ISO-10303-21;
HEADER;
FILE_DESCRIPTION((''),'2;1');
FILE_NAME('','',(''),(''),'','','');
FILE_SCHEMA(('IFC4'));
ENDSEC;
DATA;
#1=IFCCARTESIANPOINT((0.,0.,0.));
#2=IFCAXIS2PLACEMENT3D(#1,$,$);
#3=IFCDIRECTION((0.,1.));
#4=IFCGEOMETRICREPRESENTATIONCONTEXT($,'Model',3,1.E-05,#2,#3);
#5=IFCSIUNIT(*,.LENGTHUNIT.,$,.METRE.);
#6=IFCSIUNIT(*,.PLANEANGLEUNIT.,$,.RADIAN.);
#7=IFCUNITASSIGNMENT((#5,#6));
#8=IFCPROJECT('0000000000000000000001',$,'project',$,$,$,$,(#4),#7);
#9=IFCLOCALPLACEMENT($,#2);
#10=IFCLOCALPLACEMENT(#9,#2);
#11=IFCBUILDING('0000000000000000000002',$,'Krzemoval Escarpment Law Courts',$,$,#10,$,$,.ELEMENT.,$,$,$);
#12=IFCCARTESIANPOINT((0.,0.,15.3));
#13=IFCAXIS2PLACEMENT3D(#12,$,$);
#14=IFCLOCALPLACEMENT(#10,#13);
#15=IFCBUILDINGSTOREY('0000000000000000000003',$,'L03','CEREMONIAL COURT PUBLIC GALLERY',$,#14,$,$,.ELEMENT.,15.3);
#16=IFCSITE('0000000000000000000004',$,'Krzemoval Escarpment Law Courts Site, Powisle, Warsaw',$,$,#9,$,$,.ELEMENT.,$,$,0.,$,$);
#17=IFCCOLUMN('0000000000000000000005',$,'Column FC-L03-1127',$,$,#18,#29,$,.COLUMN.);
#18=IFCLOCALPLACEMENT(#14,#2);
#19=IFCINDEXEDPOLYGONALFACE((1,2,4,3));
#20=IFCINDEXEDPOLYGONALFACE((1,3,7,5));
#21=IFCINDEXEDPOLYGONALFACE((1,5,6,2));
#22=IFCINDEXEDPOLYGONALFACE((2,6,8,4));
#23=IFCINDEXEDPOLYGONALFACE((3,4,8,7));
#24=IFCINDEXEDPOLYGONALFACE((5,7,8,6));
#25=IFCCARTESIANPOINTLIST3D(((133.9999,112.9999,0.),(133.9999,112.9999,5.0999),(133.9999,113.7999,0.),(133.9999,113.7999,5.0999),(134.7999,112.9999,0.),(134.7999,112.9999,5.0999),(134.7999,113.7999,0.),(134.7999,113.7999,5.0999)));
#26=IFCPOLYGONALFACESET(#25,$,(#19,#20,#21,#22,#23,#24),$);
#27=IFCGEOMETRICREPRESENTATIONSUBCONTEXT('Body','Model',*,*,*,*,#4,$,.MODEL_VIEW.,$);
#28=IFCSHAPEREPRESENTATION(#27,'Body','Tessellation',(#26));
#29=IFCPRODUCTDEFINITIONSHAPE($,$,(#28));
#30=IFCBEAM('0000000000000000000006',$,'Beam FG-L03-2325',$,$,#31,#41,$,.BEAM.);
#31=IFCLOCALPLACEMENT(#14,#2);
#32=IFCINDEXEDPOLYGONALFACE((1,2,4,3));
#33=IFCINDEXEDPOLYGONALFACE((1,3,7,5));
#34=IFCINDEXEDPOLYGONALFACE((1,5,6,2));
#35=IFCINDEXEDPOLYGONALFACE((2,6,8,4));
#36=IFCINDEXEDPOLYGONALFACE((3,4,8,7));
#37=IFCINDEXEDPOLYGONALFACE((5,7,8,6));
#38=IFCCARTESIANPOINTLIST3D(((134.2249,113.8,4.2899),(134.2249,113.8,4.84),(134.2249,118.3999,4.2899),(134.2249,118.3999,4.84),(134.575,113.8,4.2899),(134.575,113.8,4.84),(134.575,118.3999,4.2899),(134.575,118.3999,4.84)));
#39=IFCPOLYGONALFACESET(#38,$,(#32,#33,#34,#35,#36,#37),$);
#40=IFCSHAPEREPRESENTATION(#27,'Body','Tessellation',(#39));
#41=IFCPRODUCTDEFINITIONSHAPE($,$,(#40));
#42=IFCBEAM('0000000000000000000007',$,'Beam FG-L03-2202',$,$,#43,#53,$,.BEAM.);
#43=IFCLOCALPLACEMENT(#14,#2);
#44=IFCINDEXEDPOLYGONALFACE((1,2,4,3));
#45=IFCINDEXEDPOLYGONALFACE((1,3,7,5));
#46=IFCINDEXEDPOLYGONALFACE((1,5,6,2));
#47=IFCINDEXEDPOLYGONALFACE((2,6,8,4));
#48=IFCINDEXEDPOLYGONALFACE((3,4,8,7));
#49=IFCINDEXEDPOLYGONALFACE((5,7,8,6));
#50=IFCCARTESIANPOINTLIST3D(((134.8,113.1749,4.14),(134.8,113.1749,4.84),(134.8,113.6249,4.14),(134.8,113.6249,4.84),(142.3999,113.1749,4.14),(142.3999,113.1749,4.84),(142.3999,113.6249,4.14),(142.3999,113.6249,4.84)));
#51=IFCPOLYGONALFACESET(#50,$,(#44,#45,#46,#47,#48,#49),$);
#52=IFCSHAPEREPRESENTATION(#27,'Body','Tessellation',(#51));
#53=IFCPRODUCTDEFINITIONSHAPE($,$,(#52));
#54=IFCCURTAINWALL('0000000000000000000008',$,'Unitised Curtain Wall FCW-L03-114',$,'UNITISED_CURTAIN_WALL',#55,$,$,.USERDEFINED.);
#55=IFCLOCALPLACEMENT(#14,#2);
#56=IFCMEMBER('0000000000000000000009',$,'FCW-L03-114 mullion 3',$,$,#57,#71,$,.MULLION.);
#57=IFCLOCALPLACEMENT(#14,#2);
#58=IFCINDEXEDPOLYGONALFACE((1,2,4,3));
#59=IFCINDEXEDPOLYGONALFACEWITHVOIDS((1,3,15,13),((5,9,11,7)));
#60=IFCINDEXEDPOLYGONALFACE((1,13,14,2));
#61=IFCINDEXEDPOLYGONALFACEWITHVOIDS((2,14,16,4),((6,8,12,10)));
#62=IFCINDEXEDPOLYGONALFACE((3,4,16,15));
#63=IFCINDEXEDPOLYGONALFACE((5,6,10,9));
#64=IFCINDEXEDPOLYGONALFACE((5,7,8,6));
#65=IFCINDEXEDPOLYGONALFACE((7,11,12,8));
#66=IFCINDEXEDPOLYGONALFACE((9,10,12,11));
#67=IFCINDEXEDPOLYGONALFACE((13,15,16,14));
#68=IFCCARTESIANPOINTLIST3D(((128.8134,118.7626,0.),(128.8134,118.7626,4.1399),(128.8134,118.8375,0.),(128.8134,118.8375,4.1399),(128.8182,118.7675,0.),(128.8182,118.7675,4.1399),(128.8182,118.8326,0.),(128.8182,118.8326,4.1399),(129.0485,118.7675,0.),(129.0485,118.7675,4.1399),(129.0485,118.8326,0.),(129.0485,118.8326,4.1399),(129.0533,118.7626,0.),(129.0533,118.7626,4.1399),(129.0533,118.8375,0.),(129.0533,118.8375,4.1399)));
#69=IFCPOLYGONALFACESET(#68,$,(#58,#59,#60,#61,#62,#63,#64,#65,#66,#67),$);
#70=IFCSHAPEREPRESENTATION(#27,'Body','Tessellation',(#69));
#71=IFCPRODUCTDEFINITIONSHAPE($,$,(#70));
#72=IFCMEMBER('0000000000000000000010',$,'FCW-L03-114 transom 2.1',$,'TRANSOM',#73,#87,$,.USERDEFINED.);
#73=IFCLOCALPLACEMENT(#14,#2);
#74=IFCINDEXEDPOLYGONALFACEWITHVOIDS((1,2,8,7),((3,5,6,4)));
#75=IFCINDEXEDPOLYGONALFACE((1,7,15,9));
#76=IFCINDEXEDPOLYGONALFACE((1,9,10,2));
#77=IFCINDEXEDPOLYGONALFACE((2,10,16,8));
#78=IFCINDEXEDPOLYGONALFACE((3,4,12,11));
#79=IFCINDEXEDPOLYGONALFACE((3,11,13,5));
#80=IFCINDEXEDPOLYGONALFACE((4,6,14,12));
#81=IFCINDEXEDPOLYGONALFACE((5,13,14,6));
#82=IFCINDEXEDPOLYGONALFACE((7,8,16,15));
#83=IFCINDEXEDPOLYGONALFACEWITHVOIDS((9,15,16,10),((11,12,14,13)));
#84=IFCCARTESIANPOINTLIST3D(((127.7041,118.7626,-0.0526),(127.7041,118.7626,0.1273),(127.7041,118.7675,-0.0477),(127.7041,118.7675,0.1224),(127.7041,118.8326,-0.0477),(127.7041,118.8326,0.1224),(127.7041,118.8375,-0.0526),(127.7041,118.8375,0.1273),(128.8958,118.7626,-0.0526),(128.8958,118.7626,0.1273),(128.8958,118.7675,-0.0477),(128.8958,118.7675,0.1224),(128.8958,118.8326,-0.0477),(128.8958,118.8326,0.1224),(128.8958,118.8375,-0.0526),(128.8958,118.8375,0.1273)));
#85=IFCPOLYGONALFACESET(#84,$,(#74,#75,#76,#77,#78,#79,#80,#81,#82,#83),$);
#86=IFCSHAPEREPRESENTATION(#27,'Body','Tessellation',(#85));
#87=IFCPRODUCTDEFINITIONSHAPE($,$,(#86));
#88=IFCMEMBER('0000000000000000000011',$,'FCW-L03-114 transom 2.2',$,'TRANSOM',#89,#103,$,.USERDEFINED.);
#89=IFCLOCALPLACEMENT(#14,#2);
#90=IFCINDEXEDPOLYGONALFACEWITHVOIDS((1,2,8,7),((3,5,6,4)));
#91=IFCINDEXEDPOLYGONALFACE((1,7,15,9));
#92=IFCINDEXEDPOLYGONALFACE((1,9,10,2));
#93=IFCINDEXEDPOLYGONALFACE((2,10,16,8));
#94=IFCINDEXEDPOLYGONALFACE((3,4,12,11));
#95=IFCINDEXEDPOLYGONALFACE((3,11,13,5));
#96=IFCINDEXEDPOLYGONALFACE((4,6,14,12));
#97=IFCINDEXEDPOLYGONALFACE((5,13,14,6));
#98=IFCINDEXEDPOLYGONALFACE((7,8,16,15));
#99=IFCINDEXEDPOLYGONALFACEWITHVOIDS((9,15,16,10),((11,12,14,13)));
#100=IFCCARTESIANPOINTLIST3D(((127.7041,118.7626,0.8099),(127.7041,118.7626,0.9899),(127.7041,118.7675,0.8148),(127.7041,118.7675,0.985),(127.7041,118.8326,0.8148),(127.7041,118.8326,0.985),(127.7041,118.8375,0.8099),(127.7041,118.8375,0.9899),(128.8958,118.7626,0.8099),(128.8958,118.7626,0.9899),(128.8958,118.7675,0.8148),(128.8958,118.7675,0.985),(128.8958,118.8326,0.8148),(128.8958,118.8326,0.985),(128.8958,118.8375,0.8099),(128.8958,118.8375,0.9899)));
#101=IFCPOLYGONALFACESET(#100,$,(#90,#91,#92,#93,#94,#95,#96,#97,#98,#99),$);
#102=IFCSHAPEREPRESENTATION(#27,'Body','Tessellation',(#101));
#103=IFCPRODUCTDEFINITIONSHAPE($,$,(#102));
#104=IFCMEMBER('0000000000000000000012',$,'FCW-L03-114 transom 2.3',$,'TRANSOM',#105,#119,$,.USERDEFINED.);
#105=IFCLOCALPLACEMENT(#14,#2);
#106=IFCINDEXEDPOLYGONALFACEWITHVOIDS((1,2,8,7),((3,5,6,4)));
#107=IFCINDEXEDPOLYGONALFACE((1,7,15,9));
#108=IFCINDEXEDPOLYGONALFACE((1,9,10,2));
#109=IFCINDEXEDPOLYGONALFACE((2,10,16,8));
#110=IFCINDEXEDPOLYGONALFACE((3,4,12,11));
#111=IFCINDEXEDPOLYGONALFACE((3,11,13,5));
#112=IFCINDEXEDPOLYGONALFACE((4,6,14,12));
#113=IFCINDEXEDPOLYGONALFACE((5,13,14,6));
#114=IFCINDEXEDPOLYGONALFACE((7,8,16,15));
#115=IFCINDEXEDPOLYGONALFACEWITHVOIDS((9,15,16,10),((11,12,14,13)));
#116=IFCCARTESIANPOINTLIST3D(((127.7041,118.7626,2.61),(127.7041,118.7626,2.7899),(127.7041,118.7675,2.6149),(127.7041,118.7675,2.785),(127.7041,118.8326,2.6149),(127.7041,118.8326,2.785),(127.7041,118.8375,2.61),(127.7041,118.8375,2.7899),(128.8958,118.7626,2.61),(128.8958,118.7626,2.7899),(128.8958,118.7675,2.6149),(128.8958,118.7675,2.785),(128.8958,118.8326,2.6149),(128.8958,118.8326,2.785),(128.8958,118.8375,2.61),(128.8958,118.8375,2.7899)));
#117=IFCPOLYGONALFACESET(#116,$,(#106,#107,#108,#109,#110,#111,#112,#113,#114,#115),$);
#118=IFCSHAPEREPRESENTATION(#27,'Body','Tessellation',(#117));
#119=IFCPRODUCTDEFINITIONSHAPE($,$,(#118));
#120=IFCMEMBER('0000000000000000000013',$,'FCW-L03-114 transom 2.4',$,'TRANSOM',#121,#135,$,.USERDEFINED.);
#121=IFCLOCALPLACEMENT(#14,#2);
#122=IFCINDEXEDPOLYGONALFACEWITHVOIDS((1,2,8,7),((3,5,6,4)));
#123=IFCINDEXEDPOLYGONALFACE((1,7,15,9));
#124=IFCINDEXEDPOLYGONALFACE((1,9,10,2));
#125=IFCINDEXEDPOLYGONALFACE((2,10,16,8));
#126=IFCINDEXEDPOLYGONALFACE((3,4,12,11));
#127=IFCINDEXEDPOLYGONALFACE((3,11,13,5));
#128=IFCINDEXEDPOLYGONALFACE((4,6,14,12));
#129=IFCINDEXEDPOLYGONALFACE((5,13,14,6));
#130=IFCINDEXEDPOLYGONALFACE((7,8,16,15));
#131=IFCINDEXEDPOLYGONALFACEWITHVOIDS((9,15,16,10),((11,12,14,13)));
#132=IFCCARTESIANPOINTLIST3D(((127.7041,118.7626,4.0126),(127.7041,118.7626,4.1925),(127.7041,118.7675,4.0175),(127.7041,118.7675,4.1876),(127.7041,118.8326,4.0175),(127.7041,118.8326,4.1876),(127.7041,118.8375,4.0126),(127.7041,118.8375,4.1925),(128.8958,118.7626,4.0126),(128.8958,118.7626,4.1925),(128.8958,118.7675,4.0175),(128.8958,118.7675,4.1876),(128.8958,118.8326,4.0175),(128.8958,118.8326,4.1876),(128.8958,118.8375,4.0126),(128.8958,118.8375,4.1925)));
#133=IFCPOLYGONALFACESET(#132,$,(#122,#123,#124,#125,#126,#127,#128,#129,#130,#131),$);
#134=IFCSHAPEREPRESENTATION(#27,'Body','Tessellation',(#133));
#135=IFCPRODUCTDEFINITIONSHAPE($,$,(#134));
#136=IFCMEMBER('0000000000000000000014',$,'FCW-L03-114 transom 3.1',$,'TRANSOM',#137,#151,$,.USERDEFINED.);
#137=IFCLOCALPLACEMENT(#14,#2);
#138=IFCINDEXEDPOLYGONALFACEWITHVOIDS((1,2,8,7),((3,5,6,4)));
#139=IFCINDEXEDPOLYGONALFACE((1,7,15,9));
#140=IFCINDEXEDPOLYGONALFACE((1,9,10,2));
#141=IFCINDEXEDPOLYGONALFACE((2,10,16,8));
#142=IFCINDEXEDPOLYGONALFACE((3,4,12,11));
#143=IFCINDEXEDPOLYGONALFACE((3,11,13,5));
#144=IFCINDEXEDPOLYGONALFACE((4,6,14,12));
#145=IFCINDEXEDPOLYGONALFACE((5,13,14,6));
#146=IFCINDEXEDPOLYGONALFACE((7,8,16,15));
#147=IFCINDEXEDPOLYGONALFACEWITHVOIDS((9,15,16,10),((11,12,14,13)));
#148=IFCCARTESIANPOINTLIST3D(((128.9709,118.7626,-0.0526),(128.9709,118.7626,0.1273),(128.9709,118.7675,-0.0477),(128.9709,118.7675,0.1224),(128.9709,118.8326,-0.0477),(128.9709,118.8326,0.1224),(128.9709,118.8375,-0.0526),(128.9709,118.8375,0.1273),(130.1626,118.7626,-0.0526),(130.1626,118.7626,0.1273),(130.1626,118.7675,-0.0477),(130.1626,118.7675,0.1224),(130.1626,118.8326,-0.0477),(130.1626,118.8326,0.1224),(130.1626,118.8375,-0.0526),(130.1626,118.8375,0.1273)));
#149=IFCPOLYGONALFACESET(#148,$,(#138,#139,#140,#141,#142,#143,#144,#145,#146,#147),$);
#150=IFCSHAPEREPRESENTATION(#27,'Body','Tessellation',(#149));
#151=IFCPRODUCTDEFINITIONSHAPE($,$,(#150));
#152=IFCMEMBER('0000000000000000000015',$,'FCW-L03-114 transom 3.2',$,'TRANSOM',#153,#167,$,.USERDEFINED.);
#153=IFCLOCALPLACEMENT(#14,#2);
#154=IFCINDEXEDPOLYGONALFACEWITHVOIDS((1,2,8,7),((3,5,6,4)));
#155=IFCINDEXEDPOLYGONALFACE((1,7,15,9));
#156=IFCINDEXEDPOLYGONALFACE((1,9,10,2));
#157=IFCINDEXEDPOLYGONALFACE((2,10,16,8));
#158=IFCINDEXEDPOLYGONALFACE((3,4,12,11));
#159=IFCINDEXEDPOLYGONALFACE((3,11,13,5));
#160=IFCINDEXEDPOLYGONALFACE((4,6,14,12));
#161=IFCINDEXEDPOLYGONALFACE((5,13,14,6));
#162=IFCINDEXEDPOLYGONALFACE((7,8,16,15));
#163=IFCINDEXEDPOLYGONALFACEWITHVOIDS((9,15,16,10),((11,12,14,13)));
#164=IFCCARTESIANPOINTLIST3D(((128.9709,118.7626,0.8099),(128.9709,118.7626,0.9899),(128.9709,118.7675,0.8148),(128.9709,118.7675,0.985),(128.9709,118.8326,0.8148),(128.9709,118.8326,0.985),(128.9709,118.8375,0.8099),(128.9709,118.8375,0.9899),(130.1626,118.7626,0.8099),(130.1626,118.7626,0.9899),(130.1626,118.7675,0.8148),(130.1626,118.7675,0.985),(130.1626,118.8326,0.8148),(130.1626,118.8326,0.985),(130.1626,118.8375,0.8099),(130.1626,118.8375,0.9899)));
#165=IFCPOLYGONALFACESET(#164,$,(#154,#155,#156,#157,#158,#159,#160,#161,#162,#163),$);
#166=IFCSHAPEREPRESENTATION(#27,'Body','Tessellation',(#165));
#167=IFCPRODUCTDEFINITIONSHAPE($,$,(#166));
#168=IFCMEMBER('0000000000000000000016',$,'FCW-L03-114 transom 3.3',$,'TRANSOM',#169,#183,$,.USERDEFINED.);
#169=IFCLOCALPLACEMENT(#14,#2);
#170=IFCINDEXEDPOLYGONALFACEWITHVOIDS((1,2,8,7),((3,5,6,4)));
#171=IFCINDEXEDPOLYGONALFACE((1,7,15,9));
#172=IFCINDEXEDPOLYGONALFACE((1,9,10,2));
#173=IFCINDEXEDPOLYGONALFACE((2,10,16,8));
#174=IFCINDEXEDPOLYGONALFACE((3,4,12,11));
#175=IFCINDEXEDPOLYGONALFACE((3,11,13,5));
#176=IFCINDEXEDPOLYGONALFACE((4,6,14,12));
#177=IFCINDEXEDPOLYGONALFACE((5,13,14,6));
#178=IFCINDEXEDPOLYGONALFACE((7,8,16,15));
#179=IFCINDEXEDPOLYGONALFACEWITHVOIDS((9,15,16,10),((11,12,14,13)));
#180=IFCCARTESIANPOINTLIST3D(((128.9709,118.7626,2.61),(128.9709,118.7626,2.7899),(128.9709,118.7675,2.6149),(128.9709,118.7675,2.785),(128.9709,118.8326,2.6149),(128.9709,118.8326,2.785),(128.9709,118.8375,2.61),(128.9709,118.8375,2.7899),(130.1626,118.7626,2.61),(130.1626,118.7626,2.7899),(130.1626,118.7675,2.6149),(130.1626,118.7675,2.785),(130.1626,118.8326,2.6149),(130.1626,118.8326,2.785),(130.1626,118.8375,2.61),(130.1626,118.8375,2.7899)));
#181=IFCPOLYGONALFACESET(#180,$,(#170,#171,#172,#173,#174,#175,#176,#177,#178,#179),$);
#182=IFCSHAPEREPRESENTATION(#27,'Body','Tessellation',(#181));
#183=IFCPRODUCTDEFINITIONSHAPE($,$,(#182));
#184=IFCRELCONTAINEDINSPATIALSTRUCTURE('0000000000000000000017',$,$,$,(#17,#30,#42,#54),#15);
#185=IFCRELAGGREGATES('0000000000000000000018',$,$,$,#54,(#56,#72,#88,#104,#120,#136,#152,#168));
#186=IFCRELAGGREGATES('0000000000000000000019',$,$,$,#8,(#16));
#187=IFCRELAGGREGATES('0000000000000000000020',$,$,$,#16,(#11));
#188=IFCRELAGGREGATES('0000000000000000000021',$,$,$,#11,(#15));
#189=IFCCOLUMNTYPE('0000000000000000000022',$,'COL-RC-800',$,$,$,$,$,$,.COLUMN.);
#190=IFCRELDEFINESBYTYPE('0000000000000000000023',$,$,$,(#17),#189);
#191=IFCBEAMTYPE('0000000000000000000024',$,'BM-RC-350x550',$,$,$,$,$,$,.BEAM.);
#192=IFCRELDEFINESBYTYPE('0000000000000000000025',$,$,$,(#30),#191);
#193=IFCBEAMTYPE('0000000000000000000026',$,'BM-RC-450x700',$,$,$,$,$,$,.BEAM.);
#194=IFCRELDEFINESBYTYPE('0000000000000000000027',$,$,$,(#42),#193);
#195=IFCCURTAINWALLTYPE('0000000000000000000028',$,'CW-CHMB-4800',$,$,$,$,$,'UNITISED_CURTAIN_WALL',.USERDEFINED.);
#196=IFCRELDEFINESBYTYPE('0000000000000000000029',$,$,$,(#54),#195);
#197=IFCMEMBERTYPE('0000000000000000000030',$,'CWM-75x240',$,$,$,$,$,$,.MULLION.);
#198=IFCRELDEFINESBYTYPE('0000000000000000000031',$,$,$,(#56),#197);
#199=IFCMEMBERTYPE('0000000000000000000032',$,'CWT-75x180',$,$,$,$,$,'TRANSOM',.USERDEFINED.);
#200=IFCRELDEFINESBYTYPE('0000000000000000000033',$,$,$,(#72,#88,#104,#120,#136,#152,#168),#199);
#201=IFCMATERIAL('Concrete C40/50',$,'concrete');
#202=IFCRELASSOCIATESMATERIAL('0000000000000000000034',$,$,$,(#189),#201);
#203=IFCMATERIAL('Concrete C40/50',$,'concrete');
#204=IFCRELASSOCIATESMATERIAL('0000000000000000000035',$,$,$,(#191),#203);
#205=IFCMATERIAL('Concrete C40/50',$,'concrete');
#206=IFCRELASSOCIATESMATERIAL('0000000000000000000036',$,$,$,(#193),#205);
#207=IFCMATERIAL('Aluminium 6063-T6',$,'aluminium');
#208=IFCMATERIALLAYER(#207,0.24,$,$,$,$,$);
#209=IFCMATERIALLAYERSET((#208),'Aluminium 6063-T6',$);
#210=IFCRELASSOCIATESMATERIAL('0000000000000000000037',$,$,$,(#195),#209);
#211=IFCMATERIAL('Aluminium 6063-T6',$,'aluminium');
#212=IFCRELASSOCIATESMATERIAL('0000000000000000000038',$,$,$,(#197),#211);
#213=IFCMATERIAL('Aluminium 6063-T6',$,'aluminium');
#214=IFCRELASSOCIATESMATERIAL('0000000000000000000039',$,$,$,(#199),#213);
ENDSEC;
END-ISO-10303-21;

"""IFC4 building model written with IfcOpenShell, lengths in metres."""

from ifc_helpers import new_model, si_unit, direction, frame, origin, origin_2d, place, context, subcontext, project, spatial, rectangle, hollow_rectangle, extrude, material, layer, layer_set, material_profile, profile_set, type_object, element, aggregate, save


model = new_model("IFC4")

# Units and contexts
model_context = context("Model", 3, precision=1e-05, world=origin(), true_north=direction((0.0, 1.0)))
body_context = subcontext(model_context, "Body", "Model", "MODEL_VIEW")
ifc_project = project(units=[si_unit("LENGTHUNIT", "METRE"), si_unit("PLANEANGLEUNIT", "RADIAN")], contexts=[model_context])

# Site, building, storey
site_placement = place(None, origin())
site = spatial("IfcSite", under=ifc_project, at=site_placement, Name="Krzemoval Escarpment Law Courts Site, Powisle, Warsaw", CompositionType="ELEMENT", RefElevation=0.0)
building_placement = place(site_placement, origin())
building = spatial("IfcBuilding", under=site, at=building_placement, Name="Krzemoval Escarpment Law Courts", CompositionType="ELEMENT")
storey_placement = place(building_placement, frame((0.0, 0.0, 15.3)))
storey = spatial("IfcBuildingStorey", under=building, at=storey_placement, Name="L03", Description="CEREMONIAL COURT PUBLIC GALLERY", CompositionType="ELEMENT", Elevation=15.3)

# Column
ifc_material_1 = material(Name="Concrete C40/50", Category="concrete")
ifc_material_profile_1 = material_profile(ifc_material_1, rectangle(XDim=0.8, YDim=0.8, at=origin_2d()), Name="RC 800x800")
ifc_profile_set_1 = profile_set([ifc_material_profile_1], Name="Concrete C40/50")
column_type = type_object("IfcColumnType", Name="COL-RC-800", PredefinedType="COLUMN", material=ifc_profile_set_1)
column_placement = place(storey_placement, frame((134.3999, 113.3999, 0.0), z_axis=(0.0, 0.0, 1.0), x_axis=(1.0, 0.0, 0.0)))
element("IfcColumn", 1, at=column_placement, inside=storey, type_object=column_type, Name="Column FC-L03-1127", PredefinedType="COLUMN", context=body_context, shape_type="SweptSolid", body=[
    extrude(rectangle(XDim=0.8, YDim=0.8, at=origin_2d()), origin(), (0.0, 0.0, 1.0), 5.0999),
])

# Beams
ifc_material_2 = material(Name="Concrete C40/50", Category="concrete")
ifc_material_profile_2 = material_profile(ifc_material_2, rectangle(XDim=0.3501, YDim=0.55, at=origin_2d()), Name="RCB 350x550")
ifc_profile_set_2 = profile_set([ifc_material_profile_2], Name="Concrete C40/50")
beam_type_1 = type_object("IfcBeamType", Name="BM-RC-350x550", PredefinedType="BEAM", material=ifc_profile_set_2)
beam_1_placement = place(storey_placement, frame((134.3999, 113.8, 4.5649), z_axis=(0.0, 1.0, 0.0), x_axis=(-1.0, 0.0, 0.0)))
element("IfcBeam", 2, at=beam_1_placement, inside=storey, type_object=beam_type_1, Name="Beam FG-L03-2325", PredefinedType="BEAM", context=body_context, shape_type="SweptSolid", body=[
    extrude(rectangle(XDim=0.3501, YDim=0.55, at=origin_2d()), origin(), (0.0, 0.0, 1.0), 4.5999),
])
ifc_material_3 = material(Name="Concrete C40/50", Category="concrete")
ifc_material_profile_3 = material_profile(ifc_material_3, rectangle(XDim=0.45, YDim=0.7, at=origin_2d()), Name="RCB 450x700")
ifc_profile_set_3 = profile_set([ifc_material_profile_3], Name="Concrete C40/50")
beam_type_2 = type_object("IfcBeamType", Name="BM-RC-450x700", PredefinedType="BEAM", material=ifc_profile_set_3)
beam_2_placement = place(storey_placement, frame((134.8, 113.3999, 4.49), z_axis=(1.0, 0.0, 0.0), x_axis=(0.0, 1.0, 0.0)))
element("IfcBeam", 3, at=beam_2_placement, inside=storey, type_object=beam_type_2, Name="Beam FG-L03-2202", PredefinedType="BEAM", context=body_context, shape_type="SweptSolid", body=[
    extrude(rectangle(XDim=0.45, YDim=0.7, at=origin_2d()), origin(), (0.0, 0.0, 1.0), 7.5999),
])

# Curtain wall, members
ifc_material_4 = material(Name="Aluminium 6063-T6", Category="aluminium")
ifc_layer_1 = layer(ifc_material_4, 0.24)
ifc_layer_set_1 = layer_set([ifc_layer_1], Name="Aluminium 6063-T6")
curtain_wall_type = type_object("IfcCurtainWallType", Name="CW-CHMB-4800", ElementType="UNITISED_CURTAIN_WALL", PredefinedType="USERDEFINED", material=ifc_layer_set_1)
curtain_wall_placement = place(storey_placement, origin())
curtain_wall = element("IfcCurtainWall", 4, at=curtain_wall_placement, inside=storey, type_object=curtain_wall_type, Name="Unitised Curtain Wall FCW-L03-114", ObjectType="UNITISED_CURTAIN_WALL", PredefinedType="USERDEFINED")
ifc_material_5 = material(Name="Aluminium 6063-T6", Category="aluminium")
ifc_material_profile_4 = material_profile(ifc_material_5, hollow_rectangle(XDim=0.075, YDim=0.24, WallThickness=0.0049, at=origin_2d()), Name="ALU M75x240")
ifc_profile_set_4 = profile_set([ifc_material_profile_4], Name="Aluminium 6063-T6")
member_type_1 = type_object("IfcMemberType", Name="CWM-75x240", PredefinedType="MULLION", material=ifc_profile_set_4)
member_1_placement = place(storey_placement, frame((128.9333, 118.8, 0.0), z_axis=(0.0, 0.0, 1.0), x_axis=(0.0, 1.0, 0.0)))
member_1 = element("IfcMember", 5, at=member_1_placement, type_object=member_type_1, Name="FCW-L03-114 mullion 3", PredefinedType="MULLION", context=body_context, shape_type="SweptSolid", body=[
    extrude(hollow_rectangle(XDim=0.075, YDim=0.24, WallThickness=0.0049, at=origin_2d()), origin(), (0.0, 0.0, 1.0), 4.1399),
])
ifc_material_6 = material(Name="Aluminium 6063-T6", Category="aluminium")
ifc_material_profile_5 = material_profile(ifc_material_6, hollow_rectangle(XDim=0.075, YDim=0.1799, WallThickness=0.0049, at=origin_2d()), Name="ALU T75x180")
ifc_profile_set_5 = profile_set([ifc_material_profile_5], Name="Aluminium 6063-T6")
member_type_2 = type_object("IfcMemberType", Name="CWT-75x180", ElementType="TRANSOM", PredefinedType="USERDEFINED", material=ifc_profile_set_5)
member_2_placement = place(storey_placement, frame((127.7041, 118.8, 0.0374), z_axis=(1.0, 0.0, 0.0), x_axis=(0.0, 1.0, 0.0)))
member_2 = element("IfcMember", 6, at=member_2_placement, type_object=member_type_2, Name="FCW-L03-114 transom 2.1", ObjectType="TRANSOM", PredefinedType="USERDEFINED", context=body_context, shape_type="SweptSolid", body=[
    extrude(hollow_rectangle(XDim=0.075, YDim=0.1799, WallThickness=0.0049, at=origin_2d()), origin(), (0.0, 0.0, 1.0), 1.1917),
])
member_3_placement = place(storey_placement, frame((127.7041, 118.8, 0.8999), z_axis=(1.0, 0.0, 0.0), x_axis=(0.0, 1.0, 0.0)))
member_3 = element("IfcMember", 7, at=member_3_placement, type_object=member_type_2, Name="FCW-L03-114 transom 2.2", ObjectType="TRANSOM", PredefinedType="USERDEFINED", context=body_context, shape_type="SweptSolid", body=[
    extrude(hollow_rectangle(XDim=0.075, YDim=0.1799, WallThickness=0.0049, at=origin_2d()), origin(), (0.0, 0.0, 1.0), 1.1917),
])
member_4_placement = place(storey_placement, frame((127.7041, 118.8, 2.7), z_axis=(1.0, 0.0, 0.0), x_axis=(0.0, 1.0, 0.0)))
member_4 = element("IfcMember", 8, at=member_4_placement, type_object=member_type_2, Name="FCW-L03-114 transom 2.3", ObjectType="TRANSOM", PredefinedType="USERDEFINED", context=body_context, shape_type="SweptSolid", body=[
    extrude(hollow_rectangle(XDim=0.075, YDim=0.1799, WallThickness=0.0049, at=origin_2d()), origin(), (0.0, 0.0, 1.0), 1.1917),
])
member_5_placement = place(storey_placement, frame((127.7041, 118.8, 4.1025), z_axis=(1.0, 0.0, 0.0), x_axis=(0.0, 1.0, 0.0)))
member_5 = element("IfcMember", 9, at=member_5_placement, type_object=member_type_2, Name="FCW-L03-114 transom 2.4", ObjectType="TRANSOM", PredefinedType="USERDEFINED", context=body_context, shape_type="SweptSolid", body=[
    extrude(hollow_rectangle(XDim=0.075, YDim=0.1799, WallThickness=0.0049, at=origin_2d()), origin(), (0.0, 0.0, 1.0), 1.1917),
])
member_6_placement = place(storey_placement, frame((128.9709, 118.8, 0.0374), z_axis=(1.0, 0.0, 0.0), x_axis=(0.0, 1.0, 0.0)))
member_6 = element("IfcMember", 10, at=member_6_placement, type_object=member_type_2, Name="FCW-L03-114 transom 3.1", ObjectType="TRANSOM", PredefinedType="USERDEFINED", context=body_context, shape_type="SweptSolid", body=[
    extrude(hollow_rectangle(XDim=0.075, YDim=0.1799, WallThickness=0.0049, at=origin_2d()), origin(), (0.0, 0.0, 1.0), 1.1917),
])
member_7_placement = place(storey_placement, frame((128.9709, 118.8, 0.8999), z_axis=(1.0, 0.0, 0.0), x_axis=(0.0, 1.0, 0.0)))
member_7 = element("IfcMember", 11, at=member_7_placement, type_object=member_type_2, Name="FCW-L03-114 transom 3.2", ObjectType="TRANSOM", PredefinedType="USERDEFINED", context=body_context, shape_type="SweptSolid", body=[
    extrude(hollow_rectangle(XDim=0.075, YDim=0.1799, WallThickness=0.0049, at=origin_2d()), origin(), (0.0, 0.0, 1.0), 1.1917),
])
member_8_placement = place(storey_placement, frame((128.9709, 118.8, 2.7), z_axis=(1.0, 0.0, 0.0), x_axis=(0.0, 1.0, 0.0)))
member_8 = element("IfcMember", 12, at=member_8_placement, type_object=member_type_2, Name="FCW-L03-114 transom 3.3", ObjectType="TRANSOM", PredefinedType="USERDEFINED", context=body_context, shape_type="SweptSolid", body=[
    extrude(hollow_rectangle(XDim=0.075, YDim=0.1799, WallThickness=0.0049, at=origin_2d()), origin(), (0.0, 0.0, 1.0), 1.1917),
])
aggregate(curtain_wall, [member_1, member_2, member_3, member_4, member_5, member_6, member_7, member_8])

save(model, "model.ifc")
